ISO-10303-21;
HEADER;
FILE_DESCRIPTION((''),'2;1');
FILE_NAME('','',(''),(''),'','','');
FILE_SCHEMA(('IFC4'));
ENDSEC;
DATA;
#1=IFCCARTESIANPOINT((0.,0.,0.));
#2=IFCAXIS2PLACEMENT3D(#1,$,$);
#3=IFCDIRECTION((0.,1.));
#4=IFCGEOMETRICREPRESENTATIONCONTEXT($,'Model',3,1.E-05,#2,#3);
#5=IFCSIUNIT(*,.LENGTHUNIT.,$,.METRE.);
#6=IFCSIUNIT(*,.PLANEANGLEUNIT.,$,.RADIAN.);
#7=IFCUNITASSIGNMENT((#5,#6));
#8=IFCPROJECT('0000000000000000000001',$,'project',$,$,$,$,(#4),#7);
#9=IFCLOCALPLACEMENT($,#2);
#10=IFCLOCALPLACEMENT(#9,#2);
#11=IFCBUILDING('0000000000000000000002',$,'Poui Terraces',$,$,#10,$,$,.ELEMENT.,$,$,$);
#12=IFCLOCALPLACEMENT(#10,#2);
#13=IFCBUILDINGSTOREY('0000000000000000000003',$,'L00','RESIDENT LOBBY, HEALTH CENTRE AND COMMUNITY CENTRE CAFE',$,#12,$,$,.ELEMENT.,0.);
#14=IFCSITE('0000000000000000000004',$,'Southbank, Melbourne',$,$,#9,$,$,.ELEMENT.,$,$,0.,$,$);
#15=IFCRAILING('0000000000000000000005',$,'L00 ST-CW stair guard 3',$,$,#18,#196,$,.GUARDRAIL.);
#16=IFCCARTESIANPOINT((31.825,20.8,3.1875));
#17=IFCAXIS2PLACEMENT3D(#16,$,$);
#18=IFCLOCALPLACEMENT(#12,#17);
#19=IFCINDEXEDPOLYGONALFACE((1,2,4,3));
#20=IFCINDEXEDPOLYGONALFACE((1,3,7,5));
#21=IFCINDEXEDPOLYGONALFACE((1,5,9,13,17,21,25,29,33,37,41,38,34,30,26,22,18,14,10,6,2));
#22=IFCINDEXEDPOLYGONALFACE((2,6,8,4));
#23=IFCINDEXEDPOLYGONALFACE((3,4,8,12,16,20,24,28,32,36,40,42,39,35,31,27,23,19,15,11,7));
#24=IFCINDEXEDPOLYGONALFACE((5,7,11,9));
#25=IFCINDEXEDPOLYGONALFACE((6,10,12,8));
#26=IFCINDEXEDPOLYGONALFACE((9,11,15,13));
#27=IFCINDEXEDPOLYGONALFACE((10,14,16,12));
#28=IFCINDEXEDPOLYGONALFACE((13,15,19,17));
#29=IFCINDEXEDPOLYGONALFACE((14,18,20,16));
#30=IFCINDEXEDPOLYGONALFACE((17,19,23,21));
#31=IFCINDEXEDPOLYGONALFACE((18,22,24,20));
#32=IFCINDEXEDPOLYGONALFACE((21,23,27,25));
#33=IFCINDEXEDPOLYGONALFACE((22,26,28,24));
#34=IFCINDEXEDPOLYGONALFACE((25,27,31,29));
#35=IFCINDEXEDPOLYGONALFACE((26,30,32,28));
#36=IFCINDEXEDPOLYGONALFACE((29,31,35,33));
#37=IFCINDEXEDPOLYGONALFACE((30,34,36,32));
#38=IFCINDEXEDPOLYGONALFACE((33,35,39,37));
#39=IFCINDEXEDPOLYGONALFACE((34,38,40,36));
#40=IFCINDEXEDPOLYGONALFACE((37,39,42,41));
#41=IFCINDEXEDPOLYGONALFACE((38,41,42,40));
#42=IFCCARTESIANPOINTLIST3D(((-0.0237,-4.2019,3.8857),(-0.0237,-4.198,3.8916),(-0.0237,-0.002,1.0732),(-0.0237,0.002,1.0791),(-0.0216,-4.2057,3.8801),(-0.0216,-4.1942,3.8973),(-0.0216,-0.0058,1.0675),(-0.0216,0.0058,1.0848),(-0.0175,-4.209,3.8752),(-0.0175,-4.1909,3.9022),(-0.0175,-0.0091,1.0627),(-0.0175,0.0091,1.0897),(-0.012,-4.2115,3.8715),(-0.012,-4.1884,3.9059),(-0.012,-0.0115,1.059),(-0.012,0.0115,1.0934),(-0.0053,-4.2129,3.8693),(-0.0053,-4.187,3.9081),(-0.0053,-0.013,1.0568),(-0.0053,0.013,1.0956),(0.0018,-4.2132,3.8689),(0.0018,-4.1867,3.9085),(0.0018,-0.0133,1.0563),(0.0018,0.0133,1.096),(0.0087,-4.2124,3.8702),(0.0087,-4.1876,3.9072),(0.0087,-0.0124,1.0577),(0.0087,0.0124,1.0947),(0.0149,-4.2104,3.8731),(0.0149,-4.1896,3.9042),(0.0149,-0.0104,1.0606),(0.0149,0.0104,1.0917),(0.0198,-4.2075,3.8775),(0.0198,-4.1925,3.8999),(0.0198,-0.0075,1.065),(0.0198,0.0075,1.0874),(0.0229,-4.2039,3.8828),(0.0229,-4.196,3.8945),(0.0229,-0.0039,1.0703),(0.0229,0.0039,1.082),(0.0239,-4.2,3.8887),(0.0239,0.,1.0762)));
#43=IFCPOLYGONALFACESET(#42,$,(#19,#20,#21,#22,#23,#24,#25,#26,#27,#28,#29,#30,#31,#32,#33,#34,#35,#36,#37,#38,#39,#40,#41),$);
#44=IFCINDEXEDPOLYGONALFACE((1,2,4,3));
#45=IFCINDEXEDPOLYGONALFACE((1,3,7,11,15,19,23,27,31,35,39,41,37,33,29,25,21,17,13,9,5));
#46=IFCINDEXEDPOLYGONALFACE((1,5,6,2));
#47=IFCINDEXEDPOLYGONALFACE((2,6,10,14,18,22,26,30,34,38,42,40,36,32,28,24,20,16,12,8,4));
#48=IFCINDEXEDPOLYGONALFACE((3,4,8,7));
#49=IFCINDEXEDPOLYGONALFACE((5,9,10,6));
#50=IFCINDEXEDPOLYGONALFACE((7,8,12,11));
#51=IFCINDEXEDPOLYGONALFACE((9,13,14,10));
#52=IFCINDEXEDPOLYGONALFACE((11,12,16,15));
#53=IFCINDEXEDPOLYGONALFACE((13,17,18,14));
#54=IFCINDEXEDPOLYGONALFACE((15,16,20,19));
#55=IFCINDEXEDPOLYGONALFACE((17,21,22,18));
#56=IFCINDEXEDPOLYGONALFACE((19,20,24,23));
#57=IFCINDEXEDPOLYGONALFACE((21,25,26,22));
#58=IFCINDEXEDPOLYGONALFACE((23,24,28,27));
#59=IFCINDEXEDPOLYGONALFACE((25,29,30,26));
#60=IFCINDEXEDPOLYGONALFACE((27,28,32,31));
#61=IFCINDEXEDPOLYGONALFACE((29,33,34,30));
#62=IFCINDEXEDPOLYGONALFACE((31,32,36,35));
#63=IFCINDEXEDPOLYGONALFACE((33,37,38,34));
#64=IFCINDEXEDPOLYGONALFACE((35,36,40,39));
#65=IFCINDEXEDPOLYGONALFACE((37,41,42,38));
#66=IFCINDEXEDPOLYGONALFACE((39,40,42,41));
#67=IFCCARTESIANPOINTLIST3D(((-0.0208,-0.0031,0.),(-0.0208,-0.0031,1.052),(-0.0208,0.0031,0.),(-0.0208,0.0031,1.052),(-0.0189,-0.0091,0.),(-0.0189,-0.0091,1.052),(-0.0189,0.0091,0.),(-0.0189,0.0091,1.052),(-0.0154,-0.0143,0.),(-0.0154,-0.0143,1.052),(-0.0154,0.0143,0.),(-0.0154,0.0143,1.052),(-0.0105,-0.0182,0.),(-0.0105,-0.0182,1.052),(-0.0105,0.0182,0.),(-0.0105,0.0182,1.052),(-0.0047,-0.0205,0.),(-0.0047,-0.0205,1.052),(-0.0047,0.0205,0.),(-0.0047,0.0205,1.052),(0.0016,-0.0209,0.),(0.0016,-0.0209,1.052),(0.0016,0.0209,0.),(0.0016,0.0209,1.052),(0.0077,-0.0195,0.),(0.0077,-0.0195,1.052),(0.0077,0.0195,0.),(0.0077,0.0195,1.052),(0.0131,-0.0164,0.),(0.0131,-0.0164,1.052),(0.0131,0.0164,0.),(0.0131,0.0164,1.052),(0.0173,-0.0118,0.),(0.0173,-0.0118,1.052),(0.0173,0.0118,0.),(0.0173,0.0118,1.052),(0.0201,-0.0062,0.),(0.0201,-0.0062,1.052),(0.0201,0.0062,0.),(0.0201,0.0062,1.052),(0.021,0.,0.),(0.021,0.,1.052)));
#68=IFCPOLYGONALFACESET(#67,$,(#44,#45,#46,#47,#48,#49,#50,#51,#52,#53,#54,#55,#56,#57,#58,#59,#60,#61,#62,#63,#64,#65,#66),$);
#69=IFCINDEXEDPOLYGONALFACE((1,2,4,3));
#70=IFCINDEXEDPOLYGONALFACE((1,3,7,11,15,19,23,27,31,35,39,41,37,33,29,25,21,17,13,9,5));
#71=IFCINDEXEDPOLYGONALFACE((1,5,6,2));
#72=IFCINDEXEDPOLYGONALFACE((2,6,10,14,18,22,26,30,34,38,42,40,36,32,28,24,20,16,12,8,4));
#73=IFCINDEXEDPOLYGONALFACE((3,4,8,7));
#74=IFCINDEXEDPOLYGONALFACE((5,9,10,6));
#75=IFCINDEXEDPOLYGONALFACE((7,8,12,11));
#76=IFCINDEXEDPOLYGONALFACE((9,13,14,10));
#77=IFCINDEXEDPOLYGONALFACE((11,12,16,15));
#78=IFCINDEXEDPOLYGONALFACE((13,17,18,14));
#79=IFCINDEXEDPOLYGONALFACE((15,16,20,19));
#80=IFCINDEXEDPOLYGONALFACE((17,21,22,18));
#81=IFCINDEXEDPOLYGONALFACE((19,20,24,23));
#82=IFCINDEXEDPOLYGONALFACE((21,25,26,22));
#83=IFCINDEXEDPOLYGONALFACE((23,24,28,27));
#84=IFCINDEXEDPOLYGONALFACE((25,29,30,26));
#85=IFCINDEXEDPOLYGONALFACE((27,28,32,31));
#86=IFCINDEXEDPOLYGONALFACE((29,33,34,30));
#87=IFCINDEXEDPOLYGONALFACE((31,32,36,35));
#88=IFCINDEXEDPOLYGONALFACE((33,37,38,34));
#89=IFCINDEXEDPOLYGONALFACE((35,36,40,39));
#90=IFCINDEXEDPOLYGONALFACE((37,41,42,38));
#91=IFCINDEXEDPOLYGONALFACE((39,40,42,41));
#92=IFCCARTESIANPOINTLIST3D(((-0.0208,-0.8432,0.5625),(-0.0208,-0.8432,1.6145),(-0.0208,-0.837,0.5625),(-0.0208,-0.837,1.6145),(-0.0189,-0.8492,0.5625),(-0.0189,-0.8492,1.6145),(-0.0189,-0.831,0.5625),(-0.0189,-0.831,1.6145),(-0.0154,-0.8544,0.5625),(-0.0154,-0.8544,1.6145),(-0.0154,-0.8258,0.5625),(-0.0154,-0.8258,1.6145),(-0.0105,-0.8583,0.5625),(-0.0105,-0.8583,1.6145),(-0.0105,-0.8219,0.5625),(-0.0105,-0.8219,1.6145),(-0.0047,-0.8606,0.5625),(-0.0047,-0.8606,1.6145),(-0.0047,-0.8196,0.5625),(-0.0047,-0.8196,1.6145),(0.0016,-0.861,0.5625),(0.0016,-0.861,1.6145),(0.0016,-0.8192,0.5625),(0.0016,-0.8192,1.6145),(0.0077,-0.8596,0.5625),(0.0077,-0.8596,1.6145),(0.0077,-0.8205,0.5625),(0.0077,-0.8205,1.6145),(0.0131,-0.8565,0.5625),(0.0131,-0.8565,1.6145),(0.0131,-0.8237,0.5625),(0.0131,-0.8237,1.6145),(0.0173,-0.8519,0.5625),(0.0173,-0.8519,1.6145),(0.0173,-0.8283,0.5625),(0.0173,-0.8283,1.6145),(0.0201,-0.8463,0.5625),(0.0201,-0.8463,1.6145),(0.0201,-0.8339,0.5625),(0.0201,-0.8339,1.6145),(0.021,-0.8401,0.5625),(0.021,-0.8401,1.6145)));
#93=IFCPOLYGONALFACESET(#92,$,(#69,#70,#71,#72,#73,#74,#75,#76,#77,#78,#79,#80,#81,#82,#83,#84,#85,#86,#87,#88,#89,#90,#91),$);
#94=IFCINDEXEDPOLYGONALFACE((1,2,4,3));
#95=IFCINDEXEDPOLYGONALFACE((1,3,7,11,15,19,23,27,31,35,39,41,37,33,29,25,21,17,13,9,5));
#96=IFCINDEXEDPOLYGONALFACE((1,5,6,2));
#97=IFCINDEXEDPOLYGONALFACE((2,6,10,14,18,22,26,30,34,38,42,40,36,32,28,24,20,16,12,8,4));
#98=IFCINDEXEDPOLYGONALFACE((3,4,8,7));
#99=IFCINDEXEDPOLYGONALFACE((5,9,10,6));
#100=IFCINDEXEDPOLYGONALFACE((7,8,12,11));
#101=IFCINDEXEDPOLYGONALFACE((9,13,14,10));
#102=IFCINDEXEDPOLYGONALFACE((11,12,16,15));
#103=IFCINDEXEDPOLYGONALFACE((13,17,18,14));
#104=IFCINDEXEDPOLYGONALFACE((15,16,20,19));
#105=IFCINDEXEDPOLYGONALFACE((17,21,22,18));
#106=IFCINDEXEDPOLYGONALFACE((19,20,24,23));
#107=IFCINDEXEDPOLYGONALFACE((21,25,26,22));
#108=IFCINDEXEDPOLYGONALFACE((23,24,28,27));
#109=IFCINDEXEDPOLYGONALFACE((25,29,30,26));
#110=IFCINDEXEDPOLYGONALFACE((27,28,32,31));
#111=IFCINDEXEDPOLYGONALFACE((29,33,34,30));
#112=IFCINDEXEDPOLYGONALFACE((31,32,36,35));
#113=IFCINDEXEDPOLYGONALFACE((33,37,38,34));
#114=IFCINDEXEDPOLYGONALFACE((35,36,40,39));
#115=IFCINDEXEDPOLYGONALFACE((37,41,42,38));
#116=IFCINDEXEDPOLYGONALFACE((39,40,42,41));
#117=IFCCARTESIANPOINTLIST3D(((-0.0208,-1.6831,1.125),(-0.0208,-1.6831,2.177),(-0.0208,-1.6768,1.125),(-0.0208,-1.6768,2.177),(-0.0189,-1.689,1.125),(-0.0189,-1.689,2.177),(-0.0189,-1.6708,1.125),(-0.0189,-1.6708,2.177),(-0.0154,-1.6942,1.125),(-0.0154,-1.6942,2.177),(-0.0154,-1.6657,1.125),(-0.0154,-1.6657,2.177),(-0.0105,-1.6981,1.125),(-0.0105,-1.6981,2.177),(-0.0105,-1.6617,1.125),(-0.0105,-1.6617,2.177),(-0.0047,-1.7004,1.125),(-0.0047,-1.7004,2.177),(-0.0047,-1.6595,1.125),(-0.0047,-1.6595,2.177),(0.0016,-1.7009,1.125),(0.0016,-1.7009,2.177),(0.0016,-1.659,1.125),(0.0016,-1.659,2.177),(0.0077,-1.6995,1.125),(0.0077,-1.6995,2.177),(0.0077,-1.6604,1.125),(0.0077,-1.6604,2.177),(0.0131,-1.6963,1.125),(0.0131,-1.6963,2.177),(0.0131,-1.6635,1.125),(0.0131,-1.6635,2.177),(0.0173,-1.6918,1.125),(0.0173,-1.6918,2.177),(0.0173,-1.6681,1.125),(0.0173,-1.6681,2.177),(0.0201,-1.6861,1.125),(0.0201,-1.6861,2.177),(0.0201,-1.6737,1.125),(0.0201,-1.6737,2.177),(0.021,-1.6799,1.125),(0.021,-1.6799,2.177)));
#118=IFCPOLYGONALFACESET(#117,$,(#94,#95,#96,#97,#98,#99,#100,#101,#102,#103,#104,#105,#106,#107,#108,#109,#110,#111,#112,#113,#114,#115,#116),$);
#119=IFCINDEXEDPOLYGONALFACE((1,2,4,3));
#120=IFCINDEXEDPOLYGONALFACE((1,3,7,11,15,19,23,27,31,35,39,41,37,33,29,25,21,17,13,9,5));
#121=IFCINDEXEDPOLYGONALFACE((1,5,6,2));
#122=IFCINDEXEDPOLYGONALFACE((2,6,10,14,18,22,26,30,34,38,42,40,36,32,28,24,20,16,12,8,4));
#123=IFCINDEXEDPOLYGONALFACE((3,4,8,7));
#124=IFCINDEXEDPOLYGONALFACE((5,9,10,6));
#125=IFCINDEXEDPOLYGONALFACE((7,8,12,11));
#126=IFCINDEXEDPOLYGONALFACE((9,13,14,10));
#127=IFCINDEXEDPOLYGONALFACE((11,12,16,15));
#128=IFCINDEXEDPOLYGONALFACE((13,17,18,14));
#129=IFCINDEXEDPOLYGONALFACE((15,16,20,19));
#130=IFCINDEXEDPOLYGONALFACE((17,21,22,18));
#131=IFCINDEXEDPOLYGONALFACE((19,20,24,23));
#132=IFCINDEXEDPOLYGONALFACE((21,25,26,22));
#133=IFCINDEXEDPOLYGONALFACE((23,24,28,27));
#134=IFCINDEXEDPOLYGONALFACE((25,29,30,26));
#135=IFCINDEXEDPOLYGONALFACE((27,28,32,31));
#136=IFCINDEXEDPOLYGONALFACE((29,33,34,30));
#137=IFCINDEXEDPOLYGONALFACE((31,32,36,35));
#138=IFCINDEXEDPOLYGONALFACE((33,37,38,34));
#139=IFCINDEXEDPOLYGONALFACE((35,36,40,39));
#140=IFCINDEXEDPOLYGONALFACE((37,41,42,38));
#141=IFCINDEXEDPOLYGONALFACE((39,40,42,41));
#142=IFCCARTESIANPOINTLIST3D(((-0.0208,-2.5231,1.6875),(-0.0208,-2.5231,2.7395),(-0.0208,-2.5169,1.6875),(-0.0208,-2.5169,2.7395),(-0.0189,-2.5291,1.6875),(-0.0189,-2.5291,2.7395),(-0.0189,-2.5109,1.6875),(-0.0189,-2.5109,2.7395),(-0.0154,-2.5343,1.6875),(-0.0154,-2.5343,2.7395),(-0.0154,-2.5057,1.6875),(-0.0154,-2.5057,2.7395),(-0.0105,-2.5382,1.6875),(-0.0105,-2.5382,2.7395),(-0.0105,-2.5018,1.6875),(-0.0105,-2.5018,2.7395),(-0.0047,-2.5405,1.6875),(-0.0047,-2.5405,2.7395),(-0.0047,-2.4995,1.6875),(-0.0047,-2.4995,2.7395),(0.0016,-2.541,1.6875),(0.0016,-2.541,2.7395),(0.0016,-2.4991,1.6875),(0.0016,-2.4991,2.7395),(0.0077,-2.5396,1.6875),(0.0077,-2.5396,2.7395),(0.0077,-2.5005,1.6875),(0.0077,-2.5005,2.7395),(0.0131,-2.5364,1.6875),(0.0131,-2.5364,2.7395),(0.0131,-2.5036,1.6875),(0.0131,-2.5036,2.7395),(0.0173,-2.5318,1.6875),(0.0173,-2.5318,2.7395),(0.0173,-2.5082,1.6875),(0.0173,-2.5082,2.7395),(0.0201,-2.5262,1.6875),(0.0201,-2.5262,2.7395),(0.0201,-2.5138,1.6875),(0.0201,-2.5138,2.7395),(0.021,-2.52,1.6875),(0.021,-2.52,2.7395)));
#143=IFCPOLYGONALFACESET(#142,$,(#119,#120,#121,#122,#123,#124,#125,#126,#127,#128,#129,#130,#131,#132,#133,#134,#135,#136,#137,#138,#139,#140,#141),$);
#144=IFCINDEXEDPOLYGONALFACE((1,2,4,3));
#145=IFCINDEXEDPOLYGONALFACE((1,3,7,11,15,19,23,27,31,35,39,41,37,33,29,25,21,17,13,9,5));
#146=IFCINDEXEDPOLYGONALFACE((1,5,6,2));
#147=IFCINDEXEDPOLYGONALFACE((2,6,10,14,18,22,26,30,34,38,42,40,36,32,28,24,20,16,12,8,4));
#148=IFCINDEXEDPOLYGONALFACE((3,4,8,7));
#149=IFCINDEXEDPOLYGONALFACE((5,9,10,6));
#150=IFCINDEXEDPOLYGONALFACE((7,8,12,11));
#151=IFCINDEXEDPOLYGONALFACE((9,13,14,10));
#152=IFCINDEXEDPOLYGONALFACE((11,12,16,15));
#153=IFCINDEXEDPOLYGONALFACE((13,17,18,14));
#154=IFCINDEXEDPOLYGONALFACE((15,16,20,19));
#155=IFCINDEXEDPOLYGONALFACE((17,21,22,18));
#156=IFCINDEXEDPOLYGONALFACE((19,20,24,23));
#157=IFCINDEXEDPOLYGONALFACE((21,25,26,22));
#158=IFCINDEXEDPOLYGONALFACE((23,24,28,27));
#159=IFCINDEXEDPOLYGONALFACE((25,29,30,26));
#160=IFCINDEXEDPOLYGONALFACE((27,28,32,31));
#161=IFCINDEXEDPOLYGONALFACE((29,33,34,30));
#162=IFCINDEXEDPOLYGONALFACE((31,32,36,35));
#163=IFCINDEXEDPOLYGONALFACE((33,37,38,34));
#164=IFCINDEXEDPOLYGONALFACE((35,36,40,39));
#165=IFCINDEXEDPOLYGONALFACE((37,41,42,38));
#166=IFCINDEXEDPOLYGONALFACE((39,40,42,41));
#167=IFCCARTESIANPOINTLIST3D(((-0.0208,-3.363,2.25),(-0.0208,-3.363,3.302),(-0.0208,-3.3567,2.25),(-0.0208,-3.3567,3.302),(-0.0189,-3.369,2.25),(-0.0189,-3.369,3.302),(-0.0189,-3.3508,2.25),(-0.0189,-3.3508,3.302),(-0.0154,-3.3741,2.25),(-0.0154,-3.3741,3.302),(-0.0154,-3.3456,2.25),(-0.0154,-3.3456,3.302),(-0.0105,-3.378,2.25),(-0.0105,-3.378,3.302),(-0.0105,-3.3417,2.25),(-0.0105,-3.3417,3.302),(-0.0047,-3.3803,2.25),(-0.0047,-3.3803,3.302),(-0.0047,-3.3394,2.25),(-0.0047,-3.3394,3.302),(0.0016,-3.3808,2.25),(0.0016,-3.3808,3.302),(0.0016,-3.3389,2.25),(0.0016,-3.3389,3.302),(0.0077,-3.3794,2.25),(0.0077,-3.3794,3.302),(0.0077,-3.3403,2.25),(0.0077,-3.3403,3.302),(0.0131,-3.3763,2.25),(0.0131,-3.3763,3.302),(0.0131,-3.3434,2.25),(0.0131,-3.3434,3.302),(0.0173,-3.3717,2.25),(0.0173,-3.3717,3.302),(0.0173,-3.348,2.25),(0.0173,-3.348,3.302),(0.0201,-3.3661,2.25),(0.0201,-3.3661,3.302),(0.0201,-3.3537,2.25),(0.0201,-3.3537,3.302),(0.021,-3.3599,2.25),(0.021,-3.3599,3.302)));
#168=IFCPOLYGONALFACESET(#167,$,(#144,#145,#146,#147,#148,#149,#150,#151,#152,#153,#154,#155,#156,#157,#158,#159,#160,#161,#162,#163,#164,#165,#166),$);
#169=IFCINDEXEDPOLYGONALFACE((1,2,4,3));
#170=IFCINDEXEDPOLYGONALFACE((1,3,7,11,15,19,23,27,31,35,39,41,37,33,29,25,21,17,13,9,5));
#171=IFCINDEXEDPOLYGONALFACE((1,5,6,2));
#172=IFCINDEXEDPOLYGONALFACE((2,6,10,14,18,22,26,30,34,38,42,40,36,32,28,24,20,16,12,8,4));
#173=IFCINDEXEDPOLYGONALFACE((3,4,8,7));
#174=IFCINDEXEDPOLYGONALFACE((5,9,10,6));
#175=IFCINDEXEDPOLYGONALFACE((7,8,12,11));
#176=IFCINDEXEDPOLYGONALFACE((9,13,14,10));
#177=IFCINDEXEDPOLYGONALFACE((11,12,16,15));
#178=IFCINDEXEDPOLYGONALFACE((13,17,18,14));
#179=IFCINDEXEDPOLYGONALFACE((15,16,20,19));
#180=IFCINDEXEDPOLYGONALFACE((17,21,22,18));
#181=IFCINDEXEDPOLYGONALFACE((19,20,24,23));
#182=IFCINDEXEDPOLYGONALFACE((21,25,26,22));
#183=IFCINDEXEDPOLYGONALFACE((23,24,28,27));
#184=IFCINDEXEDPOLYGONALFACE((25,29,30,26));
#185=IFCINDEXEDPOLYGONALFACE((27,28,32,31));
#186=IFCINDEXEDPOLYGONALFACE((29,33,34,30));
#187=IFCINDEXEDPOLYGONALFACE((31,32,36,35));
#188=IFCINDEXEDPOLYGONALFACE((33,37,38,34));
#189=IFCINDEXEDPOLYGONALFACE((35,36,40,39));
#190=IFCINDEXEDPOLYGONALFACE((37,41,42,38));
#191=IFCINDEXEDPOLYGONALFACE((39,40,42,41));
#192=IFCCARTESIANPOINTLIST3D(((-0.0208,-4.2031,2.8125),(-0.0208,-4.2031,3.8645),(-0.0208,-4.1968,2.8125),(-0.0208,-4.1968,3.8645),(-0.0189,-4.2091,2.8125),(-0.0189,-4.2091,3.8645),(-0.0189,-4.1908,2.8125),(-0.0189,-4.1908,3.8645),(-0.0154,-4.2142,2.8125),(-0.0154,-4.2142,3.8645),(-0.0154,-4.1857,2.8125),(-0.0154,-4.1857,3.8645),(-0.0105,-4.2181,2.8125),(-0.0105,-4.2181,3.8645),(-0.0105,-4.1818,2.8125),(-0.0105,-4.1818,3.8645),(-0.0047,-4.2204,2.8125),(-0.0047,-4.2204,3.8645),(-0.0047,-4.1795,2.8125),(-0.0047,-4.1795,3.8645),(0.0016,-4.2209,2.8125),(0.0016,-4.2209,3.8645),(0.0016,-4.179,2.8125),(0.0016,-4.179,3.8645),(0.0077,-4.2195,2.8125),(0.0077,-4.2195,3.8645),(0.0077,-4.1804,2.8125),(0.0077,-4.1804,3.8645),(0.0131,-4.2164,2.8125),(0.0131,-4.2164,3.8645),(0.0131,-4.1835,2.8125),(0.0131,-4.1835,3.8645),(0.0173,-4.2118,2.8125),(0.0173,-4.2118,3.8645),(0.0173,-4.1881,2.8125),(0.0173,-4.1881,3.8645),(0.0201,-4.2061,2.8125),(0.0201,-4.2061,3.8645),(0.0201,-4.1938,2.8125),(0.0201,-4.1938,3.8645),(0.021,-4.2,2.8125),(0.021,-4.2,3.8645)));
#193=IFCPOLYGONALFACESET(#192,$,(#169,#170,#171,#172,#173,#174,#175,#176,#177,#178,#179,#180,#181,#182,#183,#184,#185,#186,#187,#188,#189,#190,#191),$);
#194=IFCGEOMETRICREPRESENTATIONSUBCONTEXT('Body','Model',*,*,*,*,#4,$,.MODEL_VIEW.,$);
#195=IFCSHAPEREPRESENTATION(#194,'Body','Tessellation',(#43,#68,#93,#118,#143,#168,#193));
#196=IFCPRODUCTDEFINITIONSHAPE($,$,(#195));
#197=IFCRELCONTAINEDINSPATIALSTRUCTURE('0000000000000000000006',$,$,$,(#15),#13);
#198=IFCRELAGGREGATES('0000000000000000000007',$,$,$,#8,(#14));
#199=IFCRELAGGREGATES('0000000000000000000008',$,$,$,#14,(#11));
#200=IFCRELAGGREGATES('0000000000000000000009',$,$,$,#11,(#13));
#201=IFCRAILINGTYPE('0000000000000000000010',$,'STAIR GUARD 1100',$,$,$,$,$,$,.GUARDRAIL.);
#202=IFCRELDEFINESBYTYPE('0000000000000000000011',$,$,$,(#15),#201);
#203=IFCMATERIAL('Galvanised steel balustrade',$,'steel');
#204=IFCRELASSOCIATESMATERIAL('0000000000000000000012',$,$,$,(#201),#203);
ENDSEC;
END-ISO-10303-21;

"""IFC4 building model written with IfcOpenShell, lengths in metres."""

from ifc_helpers import new_model, si_unit, direction, frame, origin, origin_2d, place, context, subcontext, project, spatial, circle, extrude, material, type_object, element, save


model = new_model("IFC4")

# Units and contexts
model_context = context("Model", 3, precision=1e-05, world=origin(), true_north=direction((0.0, 1.0)))
body_context = subcontext(model_context, "Body", "Model", "MODEL_VIEW")
ifc_project = project(units=[si_unit("LENGTHUNIT", "METRE"), si_unit("PLANEANGLEUNIT", "RADIAN")], contexts=[model_context])

# Site, building, storey
site_placement = place(None, origin())
site = spatial("IfcSite", under=ifc_project, at=site_placement, Name="Southbank, Melbourne", CompositionType="ELEMENT", RefElevation=0.0)
building_placement = place(site_placement, origin())
building = spatial("IfcBuilding", under=site, at=building_placement, Name="Poui Terraces", CompositionType="ELEMENT")
storey_placement = place(building_placement, origin())
storey = spatial("IfcBuildingStorey", under=building, at=storey_placement, Name="L00", Description="RESIDENT LOBBY, HEALTH CENTRE AND COMMUNITY CENTRE CAFE", CompositionType="ELEMENT", Elevation=0.0)

# Railing
ifc_material_1 = material(Name="Galvanised steel balustrade", Category="steel")
railing_type = type_object("IfcRailingType", Name="STAIR GUARD 1100", PredefinedType="GUARDRAIL", material=ifc_material_1)
railing_1_placement = place(storey_placement, frame((31.825, 20.8, 3.1875)))
element("IfcRailing", 1, at=railing_1_placement, inside=storey, type_object=railing_type, Name="L00 ST-CW stair guard 3", PredefinedType="GUARDRAIL", context=body_context, shape_type="SweptSolid", body=[
    extrude(circle(Radius=0.0239, at=origin_2d()), frame((0.0, 0.0, 1.0762), z_axis=(0.0, -0.830904, 0.556416), x_axis=(1.0, 0.0, 0.0)), (0.0, 0.0, 1.0), 5.0547),
    extrude(circle(Radius=0.021, at=origin_2d()), origin(), (0.0, 0.0, 1.0), 1.052),
    extrude(circle(Radius=0.021, at=origin_2d()), frame((0.0, -0.8401, 0.5625)), (0.0, 0.0, 1.0), 1.052),
    extrude(circle(Radius=0.021, at=origin_2d()), frame((0.0, -1.6799, 1.125)), (0.0, 0.0, 1.0), 1.052),
    extrude(circle(Radius=0.021, at=origin_2d()), frame((0.0, -2.52, 1.6875)), (0.0, 0.0, 1.0), 1.052),
    extrude(circle(Radius=0.021, at=origin_2d()), frame((0.0, -3.3599, 2.25)), (0.0, 0.0, 1.0), 1.052),
    extrude(circle(Radius=0.021, at=origin_2d()), frame((0.0, -4.2, 2.8125)), (0.0, 0.0, 1.0), 1.052),
])

save(model, "model.ifc")
